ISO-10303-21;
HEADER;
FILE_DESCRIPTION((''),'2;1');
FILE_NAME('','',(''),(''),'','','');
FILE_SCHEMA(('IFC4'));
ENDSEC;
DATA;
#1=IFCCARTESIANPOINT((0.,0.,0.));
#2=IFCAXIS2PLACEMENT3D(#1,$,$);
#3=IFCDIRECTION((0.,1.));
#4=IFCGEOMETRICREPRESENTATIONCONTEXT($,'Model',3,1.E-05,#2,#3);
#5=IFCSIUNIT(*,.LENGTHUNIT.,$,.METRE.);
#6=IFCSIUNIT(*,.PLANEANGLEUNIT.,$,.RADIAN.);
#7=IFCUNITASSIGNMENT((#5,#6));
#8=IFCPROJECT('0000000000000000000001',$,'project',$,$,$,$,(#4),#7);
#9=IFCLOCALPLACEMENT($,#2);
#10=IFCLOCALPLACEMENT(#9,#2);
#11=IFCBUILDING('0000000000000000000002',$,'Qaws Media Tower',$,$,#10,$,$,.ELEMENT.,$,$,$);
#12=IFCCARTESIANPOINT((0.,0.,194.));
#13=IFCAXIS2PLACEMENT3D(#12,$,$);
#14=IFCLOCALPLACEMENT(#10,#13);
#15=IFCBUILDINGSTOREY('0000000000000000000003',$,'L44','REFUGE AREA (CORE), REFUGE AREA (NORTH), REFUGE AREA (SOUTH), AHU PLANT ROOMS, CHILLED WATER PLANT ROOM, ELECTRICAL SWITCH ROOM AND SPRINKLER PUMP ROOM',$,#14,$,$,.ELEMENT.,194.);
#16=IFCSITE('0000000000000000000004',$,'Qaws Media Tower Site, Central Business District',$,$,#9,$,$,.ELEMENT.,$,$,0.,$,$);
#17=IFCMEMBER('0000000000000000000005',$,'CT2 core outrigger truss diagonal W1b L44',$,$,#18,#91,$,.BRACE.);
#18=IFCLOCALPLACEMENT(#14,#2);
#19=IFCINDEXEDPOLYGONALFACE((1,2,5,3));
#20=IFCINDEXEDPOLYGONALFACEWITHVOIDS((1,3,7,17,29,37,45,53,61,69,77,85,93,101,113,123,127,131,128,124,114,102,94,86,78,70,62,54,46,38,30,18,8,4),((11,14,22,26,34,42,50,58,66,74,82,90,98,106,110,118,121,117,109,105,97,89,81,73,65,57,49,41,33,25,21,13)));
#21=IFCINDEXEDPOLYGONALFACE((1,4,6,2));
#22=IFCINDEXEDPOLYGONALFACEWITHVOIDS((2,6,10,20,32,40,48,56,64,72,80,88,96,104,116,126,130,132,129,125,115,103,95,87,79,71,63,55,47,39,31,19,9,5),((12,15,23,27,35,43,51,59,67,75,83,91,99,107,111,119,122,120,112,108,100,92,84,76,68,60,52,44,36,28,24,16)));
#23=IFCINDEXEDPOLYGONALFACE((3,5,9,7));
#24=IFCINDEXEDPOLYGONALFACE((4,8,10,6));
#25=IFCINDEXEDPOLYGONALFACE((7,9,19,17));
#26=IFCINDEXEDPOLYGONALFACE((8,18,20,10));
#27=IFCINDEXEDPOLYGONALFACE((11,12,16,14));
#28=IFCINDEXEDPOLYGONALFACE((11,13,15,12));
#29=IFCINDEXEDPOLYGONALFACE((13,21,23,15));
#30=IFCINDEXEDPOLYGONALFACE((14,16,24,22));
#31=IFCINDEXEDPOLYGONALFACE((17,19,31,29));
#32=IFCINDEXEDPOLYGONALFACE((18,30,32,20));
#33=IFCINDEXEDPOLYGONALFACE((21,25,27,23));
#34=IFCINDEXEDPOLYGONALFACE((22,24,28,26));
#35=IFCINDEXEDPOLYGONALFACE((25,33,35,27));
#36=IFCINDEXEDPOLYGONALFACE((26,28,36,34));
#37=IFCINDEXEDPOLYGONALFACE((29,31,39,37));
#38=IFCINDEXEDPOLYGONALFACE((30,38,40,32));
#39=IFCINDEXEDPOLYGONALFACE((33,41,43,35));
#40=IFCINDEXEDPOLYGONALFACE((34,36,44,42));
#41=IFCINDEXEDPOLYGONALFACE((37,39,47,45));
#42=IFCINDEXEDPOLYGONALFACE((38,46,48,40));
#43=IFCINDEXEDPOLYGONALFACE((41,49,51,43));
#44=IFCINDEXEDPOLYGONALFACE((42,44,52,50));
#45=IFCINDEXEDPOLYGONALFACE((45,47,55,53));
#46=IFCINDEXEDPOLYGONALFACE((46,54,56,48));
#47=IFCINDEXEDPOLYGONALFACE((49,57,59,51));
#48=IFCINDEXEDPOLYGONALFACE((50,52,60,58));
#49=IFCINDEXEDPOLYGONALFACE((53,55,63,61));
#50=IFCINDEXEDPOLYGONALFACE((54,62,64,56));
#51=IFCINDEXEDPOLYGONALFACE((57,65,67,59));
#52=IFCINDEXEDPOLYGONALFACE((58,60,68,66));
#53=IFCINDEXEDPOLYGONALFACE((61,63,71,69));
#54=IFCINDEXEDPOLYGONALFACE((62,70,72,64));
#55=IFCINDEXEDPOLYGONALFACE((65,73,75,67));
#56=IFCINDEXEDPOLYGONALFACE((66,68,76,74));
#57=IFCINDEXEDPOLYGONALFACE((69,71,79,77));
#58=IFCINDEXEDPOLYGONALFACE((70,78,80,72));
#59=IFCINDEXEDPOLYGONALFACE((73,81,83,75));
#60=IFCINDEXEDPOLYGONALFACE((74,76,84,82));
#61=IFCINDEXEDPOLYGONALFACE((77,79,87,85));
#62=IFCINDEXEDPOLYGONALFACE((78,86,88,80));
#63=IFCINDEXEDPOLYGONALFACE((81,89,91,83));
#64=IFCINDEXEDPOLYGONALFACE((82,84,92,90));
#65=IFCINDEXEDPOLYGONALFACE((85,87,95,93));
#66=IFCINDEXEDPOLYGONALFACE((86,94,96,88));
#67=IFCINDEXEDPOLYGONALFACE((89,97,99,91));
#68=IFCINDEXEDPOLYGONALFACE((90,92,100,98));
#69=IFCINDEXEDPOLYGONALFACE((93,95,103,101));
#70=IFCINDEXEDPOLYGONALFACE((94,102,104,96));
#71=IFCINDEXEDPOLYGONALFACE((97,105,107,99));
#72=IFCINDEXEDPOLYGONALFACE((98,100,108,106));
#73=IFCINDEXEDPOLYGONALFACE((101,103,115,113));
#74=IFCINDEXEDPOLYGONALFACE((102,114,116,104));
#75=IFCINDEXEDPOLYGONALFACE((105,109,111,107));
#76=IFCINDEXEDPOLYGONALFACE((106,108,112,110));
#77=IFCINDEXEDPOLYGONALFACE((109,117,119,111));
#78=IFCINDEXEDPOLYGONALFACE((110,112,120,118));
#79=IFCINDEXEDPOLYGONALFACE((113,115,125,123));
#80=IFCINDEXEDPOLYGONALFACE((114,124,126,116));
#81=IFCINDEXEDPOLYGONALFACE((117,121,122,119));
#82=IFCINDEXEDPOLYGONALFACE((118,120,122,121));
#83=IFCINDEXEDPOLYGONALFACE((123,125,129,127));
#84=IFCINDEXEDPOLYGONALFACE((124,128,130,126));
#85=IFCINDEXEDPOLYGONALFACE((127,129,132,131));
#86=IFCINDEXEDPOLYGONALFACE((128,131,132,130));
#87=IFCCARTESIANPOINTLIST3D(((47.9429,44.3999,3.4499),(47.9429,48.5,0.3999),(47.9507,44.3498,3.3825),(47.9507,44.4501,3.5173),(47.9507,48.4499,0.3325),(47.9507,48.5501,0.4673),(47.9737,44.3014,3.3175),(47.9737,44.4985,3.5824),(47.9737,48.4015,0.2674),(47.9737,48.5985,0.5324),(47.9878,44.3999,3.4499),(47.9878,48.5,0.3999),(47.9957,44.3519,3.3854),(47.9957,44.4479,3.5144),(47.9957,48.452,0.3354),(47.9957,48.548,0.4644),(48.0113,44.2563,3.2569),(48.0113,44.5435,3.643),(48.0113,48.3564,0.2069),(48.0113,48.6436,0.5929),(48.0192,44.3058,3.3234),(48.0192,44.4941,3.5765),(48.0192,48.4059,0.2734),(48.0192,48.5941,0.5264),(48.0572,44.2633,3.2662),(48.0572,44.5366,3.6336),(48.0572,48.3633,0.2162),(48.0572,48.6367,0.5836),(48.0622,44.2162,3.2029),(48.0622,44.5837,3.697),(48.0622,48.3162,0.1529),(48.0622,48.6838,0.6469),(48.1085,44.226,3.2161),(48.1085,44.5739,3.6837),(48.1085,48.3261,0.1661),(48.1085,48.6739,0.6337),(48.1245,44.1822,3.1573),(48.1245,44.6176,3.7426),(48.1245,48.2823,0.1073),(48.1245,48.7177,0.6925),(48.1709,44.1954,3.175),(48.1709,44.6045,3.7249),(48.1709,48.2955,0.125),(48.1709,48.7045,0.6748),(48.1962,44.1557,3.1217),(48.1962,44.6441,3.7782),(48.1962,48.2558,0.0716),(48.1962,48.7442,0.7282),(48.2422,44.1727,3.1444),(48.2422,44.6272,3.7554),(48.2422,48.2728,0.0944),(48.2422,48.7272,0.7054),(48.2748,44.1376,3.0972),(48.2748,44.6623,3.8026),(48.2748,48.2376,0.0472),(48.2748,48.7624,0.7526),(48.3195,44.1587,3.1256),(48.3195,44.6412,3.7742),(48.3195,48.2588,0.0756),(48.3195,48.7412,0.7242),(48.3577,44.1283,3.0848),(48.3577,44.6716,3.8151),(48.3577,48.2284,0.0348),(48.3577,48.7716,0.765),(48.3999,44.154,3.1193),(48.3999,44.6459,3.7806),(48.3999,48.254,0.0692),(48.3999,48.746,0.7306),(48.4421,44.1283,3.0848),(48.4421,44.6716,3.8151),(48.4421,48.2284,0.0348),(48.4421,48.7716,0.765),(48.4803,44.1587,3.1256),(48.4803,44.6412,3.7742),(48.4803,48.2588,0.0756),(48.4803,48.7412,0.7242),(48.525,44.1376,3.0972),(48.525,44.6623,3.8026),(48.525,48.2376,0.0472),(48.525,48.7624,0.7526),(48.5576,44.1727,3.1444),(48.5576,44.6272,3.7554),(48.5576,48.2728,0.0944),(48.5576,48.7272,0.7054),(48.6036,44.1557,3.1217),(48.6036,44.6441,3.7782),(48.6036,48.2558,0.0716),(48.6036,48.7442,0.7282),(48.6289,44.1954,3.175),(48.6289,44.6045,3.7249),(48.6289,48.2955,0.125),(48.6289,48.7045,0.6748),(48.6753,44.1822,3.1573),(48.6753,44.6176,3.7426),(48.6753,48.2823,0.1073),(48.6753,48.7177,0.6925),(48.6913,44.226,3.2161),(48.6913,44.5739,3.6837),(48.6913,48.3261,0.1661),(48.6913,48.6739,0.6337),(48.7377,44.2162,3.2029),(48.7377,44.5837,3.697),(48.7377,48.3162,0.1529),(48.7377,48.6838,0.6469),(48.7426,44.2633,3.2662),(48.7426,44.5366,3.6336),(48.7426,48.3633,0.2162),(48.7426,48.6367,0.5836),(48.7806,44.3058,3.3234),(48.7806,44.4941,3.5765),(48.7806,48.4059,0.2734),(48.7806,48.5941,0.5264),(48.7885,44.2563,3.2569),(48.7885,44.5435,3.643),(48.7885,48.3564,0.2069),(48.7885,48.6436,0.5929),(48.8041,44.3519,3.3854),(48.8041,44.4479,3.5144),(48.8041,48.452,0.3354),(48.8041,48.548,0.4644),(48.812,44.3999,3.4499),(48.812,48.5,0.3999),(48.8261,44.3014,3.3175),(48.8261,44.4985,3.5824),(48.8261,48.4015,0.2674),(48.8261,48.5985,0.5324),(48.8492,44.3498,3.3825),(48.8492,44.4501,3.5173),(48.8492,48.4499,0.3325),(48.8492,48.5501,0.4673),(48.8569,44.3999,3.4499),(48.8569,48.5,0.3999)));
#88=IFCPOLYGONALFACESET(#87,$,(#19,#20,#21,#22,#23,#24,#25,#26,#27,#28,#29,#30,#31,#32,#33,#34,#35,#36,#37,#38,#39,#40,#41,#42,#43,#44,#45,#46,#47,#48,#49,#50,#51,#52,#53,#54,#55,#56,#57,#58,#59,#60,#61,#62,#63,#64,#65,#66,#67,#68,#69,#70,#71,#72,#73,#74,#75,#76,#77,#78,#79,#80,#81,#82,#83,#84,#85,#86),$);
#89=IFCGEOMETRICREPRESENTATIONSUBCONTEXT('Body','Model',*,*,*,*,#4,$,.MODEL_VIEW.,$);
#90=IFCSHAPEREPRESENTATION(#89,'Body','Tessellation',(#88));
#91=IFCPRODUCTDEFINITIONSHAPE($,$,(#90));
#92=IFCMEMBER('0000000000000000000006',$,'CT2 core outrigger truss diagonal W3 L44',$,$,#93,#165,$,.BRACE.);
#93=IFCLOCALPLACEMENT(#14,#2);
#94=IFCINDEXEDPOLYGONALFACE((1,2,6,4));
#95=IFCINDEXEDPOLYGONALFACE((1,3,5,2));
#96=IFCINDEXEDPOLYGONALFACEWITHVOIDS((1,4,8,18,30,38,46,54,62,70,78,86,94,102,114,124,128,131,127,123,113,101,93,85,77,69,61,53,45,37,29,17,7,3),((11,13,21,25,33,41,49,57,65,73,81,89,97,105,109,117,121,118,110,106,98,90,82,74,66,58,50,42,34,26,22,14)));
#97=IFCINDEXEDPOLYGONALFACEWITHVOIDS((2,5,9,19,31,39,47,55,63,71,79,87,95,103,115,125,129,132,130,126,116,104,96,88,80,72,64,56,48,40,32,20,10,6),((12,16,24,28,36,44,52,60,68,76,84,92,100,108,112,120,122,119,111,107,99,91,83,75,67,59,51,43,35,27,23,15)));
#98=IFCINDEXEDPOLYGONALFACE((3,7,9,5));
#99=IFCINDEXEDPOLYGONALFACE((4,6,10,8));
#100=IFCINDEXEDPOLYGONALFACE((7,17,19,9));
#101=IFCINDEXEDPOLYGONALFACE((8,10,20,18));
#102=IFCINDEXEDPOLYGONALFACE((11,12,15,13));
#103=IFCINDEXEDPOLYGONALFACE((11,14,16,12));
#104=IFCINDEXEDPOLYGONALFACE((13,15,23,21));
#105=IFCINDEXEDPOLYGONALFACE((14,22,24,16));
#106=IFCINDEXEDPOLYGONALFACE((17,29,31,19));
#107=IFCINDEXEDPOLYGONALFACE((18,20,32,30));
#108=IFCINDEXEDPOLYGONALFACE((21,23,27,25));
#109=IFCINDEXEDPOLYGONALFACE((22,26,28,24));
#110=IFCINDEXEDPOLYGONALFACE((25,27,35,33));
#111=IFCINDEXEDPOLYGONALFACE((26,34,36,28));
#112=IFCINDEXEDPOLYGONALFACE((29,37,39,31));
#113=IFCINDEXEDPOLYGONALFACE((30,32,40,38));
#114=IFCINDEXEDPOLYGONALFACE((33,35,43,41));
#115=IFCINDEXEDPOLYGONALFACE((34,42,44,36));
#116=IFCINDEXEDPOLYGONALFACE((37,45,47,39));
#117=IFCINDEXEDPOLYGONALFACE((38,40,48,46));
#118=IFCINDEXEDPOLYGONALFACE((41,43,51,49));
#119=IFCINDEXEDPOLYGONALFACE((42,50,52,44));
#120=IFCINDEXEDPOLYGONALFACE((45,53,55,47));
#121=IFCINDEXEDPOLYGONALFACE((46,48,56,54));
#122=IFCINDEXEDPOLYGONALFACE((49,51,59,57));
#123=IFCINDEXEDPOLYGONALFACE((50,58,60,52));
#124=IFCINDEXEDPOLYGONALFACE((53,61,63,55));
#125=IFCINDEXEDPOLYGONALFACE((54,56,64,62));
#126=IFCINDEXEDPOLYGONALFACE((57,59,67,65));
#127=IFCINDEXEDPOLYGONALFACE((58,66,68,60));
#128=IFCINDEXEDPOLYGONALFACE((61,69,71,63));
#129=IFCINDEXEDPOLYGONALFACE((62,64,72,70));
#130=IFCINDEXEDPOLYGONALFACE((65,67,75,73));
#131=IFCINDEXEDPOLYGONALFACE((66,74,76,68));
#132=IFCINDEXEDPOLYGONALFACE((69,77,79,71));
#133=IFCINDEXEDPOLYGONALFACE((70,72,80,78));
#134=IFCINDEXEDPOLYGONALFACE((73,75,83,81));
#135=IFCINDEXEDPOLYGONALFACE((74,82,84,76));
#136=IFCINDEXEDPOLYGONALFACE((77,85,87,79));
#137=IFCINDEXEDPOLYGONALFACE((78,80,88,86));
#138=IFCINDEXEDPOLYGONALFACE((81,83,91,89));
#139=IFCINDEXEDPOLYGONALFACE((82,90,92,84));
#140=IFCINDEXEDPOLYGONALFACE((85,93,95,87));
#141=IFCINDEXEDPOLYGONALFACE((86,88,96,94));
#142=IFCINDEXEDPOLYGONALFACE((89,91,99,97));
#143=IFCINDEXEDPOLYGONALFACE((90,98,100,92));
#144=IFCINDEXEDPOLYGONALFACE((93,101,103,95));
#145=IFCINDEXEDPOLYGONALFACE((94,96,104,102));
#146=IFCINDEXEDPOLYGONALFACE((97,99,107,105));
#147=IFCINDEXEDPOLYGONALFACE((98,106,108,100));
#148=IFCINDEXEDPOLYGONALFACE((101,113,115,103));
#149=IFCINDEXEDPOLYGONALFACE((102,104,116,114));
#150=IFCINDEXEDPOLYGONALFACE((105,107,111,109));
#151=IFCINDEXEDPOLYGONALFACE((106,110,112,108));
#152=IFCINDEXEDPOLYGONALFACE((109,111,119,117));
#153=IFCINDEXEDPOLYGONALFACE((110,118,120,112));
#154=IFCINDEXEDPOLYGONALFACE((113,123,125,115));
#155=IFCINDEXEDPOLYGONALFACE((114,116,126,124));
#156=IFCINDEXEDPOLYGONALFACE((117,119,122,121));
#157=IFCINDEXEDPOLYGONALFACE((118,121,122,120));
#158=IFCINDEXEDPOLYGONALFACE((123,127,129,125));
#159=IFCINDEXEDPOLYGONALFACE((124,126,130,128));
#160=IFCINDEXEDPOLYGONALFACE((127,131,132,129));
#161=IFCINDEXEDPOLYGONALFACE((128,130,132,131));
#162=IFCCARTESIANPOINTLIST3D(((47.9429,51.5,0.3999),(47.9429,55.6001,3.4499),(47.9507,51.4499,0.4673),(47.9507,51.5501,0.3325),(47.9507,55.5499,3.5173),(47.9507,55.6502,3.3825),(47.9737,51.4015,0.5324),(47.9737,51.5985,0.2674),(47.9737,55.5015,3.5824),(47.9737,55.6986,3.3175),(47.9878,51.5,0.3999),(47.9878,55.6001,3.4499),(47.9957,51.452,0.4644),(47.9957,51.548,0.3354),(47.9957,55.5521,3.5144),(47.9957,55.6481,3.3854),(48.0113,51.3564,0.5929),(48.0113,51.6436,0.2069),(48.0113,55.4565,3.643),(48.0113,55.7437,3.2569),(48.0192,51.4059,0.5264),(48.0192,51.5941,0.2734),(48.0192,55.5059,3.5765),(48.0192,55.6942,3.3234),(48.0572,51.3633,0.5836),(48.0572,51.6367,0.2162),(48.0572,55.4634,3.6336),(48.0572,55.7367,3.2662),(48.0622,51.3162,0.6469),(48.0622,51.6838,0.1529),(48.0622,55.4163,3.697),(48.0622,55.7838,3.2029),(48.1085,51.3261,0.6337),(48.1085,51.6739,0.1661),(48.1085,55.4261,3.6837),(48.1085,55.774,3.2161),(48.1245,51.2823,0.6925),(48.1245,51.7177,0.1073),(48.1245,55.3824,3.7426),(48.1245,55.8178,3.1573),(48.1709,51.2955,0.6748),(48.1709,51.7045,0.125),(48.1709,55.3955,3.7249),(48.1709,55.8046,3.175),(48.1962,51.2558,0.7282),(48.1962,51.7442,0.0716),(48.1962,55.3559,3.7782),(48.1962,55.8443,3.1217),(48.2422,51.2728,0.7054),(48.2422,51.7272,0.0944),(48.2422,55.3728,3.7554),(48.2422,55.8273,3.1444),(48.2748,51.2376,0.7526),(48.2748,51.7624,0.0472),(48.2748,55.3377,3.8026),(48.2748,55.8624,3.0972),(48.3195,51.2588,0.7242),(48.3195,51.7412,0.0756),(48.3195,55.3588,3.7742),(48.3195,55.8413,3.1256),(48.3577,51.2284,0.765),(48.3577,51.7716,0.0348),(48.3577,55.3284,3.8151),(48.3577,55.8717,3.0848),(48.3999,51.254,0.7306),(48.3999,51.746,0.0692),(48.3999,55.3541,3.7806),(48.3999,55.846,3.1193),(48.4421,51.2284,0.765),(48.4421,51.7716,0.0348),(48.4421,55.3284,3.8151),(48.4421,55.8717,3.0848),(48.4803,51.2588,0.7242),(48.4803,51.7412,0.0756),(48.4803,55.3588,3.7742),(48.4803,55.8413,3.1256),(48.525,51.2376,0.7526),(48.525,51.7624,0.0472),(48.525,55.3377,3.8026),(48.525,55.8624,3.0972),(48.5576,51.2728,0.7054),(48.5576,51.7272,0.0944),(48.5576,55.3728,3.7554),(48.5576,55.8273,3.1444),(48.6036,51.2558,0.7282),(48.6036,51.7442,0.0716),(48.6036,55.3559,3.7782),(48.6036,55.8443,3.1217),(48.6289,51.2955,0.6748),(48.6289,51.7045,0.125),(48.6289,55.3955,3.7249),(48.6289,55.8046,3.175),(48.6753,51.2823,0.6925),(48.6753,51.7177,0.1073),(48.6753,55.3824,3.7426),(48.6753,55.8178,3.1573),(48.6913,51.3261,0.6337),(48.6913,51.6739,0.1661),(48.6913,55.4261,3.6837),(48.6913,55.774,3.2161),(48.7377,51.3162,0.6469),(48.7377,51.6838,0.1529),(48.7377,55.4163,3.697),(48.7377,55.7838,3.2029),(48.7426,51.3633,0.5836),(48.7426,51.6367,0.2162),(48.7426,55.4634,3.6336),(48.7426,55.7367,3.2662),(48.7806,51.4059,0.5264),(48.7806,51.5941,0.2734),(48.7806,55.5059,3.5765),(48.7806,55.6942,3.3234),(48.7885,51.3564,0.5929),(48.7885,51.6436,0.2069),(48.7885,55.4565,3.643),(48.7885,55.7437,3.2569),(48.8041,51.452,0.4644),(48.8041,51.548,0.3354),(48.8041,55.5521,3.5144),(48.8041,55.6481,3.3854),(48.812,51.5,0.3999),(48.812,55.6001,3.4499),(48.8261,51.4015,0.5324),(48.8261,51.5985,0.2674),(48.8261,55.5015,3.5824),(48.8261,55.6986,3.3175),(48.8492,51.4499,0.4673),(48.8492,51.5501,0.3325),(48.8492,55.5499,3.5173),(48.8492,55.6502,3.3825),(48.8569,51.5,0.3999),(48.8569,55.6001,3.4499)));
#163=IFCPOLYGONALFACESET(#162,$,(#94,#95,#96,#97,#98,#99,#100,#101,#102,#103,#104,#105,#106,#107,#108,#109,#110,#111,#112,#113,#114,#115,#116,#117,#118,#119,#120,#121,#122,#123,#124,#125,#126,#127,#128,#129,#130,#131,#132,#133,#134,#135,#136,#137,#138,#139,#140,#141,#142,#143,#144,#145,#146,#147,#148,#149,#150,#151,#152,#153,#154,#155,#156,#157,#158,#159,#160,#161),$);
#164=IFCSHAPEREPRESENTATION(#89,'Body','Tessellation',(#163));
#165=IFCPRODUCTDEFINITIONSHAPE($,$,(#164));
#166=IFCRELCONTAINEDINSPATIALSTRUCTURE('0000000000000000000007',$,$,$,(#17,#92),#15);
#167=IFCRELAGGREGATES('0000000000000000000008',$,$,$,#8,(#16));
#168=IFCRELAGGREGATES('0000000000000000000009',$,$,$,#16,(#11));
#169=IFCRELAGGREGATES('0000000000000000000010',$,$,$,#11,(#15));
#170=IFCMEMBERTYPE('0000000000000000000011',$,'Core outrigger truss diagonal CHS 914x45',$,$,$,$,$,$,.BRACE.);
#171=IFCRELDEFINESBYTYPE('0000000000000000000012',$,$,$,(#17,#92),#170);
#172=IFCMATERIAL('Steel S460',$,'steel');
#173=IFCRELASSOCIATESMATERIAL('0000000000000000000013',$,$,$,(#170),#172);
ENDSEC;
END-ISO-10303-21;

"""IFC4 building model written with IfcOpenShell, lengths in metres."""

from ifc_helpers import new_model, si_unit, direction, frame, origin, origin_2d, place, context, subcontext, project, spatial, hollow_circle, extrude, material, material_profile, profile_set, type_object, element, save


model = new_model("IFC4")

# Units and contexts
model_context = context("Model", 3, precision=1e-05, world=origin(), true_north=direction((0.0, 1.0)))
body_context = subcontext(model_context, "Body", "Model", "MODEL_VIEW")
ifc_project = project(units=[si_unit("LENGTHUNIT", "METRE"), si_unit("PLANEANGLEUNIT", "RADIAN")], contexts=[model_context])

# Site, building, storey
site_placement = place(None, origin())
site = spatial("IfcSite", under=ifc_project, at=site_placement, Name="Qaws Media Tower Site, Central Business District", CompositionType="ELEMENT", RefElevation=0.0)
building_placement = place(site_placement, origin())
building = spatial("IfcBuilding", under=site, at=building_placement, Name="Qaws Media Tower", CompositionType="ELEMENT")
storey_placement = place(building_placement, frame((0.0, 0.0, 194.0)))
storey = spatial("IfcBuildingStorey", under=building, at=storey_placement, Name="L44", Description="REFUGE AREA (CORE), REFUGE AREA (NORTH), REFUGE AREA (SOUTH), AHU PLANT ROOMS, CHILLED WATER PLANT ROOM, ELECTRICAL SWITCH ROOM AND SPRINKLER PUMP ROOM", CompositionType="ELEMENT", Elevation=194.0)

# Members
ifc_material_1 = material(Name="Steel S460", Category="steel")
ifc_material_profile_1 = material_profile(ifc_material_1, hollow_circle(Radius=0.457, WallThickness=0.0449, at=origin_2d()), Name="CHS 914x45")
ifc_profile_set_1 = profile_set([ifc_material_profile_1], Name="Steel S460")
member_type_1 = type_object("IfcMemberType", Name="Core outrigger truss diagonal CHS 914x45", PredefinedType="BRACE", material=ifc_profile_set_1)
for number, where, z_axis, x_axis, name in (
    (1, (48.3999, 48.5, 0.3999), (0.0, -0.802344, 0.596861), (1.0, 0.0, 0.0), "CT2 core outrigger truss diagonal W1b L44"),
    (2, (48.3999, 51.5, 0.3999), (0.0, 0.802344, 0.596861), (-1.0, 0.0, 0.0), "CT2 core outrigger truss diagonal W3 L44"),
):
    element("IfcMember", number, at=place(storey_placement, frame(where, z_axis=z_axis, x_axis=x_axis)), inside=storey, type_object=member_type_1, Name=name, PredefinedType="BRACE", context=body_context, shape_type="SweptSolid", body=[
        extrude(hollow_circle(Radius=0.457, WallThickness=0.0449, at=origin_2d()), origin(), (0.0, 0.0, 1.0), 5.1101),
    ])

save(model, "model.ifc")
